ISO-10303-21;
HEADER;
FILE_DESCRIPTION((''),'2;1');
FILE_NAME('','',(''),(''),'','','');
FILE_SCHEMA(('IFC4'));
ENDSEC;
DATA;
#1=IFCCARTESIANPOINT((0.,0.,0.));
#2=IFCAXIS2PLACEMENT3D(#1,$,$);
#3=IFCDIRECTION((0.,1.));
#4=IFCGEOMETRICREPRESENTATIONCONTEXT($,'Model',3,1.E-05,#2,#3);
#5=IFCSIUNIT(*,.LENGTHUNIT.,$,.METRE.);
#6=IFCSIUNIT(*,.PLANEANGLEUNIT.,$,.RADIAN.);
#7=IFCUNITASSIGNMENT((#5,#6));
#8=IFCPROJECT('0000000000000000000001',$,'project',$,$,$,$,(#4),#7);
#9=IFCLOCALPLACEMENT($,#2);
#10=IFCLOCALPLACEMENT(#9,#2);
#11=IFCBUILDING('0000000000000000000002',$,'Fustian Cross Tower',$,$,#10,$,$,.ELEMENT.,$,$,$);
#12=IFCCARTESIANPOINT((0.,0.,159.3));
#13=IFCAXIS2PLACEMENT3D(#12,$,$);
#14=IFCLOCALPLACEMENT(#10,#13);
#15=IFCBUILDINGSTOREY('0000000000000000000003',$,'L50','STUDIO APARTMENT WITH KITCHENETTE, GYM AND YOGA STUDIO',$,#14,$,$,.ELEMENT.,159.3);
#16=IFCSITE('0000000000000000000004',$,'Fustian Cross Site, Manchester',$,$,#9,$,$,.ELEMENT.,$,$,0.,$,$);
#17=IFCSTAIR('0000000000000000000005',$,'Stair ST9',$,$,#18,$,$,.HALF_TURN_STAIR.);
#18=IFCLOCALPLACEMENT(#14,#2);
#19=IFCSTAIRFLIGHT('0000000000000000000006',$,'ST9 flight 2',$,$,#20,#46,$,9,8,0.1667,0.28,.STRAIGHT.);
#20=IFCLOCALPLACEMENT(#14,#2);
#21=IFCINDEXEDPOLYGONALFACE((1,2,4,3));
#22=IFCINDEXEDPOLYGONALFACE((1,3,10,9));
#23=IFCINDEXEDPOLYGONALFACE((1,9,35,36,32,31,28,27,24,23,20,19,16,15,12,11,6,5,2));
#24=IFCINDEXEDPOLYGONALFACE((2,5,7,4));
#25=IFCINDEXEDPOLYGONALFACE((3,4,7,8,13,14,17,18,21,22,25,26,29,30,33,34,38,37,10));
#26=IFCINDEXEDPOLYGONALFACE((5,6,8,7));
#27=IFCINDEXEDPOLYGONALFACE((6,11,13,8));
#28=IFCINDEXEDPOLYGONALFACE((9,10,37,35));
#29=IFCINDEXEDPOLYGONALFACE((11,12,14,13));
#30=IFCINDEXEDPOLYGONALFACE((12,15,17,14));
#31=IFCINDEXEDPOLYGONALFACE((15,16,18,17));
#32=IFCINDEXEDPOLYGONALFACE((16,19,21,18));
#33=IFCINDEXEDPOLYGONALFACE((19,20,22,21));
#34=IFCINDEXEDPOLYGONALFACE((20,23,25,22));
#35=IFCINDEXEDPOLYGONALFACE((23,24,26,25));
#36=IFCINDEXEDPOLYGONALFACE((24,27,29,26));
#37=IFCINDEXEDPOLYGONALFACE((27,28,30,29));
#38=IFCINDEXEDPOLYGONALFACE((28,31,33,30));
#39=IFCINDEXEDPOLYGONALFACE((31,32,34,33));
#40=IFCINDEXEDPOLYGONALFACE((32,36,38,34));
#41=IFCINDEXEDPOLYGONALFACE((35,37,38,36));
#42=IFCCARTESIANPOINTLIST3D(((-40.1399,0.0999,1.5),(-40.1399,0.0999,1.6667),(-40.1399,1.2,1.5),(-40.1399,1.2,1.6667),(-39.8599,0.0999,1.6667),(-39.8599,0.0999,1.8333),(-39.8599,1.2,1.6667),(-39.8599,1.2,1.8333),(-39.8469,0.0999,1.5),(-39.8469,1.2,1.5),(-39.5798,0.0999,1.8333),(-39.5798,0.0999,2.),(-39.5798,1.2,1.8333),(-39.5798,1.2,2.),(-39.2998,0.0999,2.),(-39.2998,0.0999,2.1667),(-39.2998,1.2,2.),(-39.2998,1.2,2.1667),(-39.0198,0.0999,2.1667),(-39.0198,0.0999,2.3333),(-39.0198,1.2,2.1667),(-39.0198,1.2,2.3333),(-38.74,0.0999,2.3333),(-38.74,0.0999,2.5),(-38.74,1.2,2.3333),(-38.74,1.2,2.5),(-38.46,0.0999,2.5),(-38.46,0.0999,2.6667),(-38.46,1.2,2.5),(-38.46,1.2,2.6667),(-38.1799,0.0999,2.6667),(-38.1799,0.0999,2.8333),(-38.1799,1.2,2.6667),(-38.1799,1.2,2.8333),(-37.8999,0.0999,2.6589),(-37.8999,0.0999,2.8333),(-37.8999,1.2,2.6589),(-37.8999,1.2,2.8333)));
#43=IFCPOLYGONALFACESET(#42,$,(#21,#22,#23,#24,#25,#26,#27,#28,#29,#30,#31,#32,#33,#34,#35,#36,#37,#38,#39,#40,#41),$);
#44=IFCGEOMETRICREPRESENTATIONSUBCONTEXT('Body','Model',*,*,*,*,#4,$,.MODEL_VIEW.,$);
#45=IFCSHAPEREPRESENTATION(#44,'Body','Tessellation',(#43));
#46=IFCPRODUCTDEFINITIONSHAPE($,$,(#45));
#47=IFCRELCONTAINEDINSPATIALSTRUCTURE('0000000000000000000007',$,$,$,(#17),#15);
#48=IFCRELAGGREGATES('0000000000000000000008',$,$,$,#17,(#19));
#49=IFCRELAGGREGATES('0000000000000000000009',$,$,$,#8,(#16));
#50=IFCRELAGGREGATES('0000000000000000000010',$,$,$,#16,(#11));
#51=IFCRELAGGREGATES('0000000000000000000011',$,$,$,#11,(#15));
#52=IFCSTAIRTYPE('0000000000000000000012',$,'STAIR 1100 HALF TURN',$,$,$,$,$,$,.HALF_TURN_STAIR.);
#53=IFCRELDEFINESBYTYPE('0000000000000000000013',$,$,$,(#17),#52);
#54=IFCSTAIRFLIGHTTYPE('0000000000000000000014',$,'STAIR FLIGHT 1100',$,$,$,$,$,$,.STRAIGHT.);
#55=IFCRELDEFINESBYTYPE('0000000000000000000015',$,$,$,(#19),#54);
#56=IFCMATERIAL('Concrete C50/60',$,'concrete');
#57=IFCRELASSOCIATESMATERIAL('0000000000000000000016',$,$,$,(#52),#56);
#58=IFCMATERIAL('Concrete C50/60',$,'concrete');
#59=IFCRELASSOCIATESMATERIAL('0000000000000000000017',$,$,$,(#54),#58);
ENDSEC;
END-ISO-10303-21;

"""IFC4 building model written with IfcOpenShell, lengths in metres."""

from ifc_helpers import new_model, si_unit, direction, frame, origin, place, context, subcontext, project, spatial, polyline, outline, extrude, material, type_object, element, aggregate, save


model = new_model("IFC4")

# Units and contexts
model_context = context("Model", 3, precision=1e-05, world=origin(), true_north=direction((0.0, 1.0)))
body_context = subcontext(model_context, "Body", "Model", "MODEL_VIEW")
ifc_project = project(units=[si_unit("LENGTHUNIT", "METRE"), si_unit("PLANEANGLEUNIT", "RADIAN")], contexts=[model_context])

# Site, building, storey
site_placement = place(None, origin())
site = spatial("IfcSite", under=ifc_project, at=site_placement, Name="Fustian Cross Site, Manchester", CompositionType="ELEMENT", RefElevation=0.0)
building_placement = place(site_placement, origin())
building = spatial("IfcBuilding", under=site, at=building_placement, Name="Fustian Cross Tower", CompositionType="ELEMENT")
storey_placement = place(building_placement, frame((0.0, 0.0, 159.3)))
storey = spatial("IfcBuildingStorey", under=building, at=storey_placement, Name="L50", Description="STUDIO APARTMENT WITH KITCHENETTE, GYM AND YOGA STUDIO", CompositionType="ELEMENT", Elevation=159.3)

# Stair, stair flight
ifc_material_1 = material(Name="Concrete C50/60", Category="concrete")
stair_type = type_object("IfcStairType", Name="STAIR 1100 HALF TURN", PredefinedType="HALF_TURN_STAIR", material=ifc_material_1)
stair_placement = place(storey_placement, origin())
stair = element("IfcStair", 1, at=stair_placement, inside=storey, type_object=stair_type, Name="Stair ST9", PredefinedType="HALF_TURN_STAIR")
ifc_material_2 = material(Name="Concrete C50/60", Category="concrete")
stair_flight_type = type_object("IfcStairFlightType", Name="STAIR FLIGHT 1100", PredefinedType="STRAIGHT", material=ifc_material_2)
stair_flight_placement = place(storey_placement, frame((-40.1399, 0.6499, 1.5), z_axis=(0.0, 0.0, 1.0), x_axis=(1.0, 0.0, 0.0)))
stair_flight = element("IfcStairFlight", 2, at=stair_flight_placement, type_object=stair_flight_type, Name="ST9 flight 2", NumberOfRisers=9, NumberOfTreads=8, PredefinedType="STRAIGHT", RiserHeight=0.1667, TreadLength=0.28, context=body_context, shape_type="SweptSolid", body=[
    extrude(outline(polyline([(0.0, 0.0), (0.0, 0.1667), (0.28, 0.1667), (0.28, 0.3333), (0.5601, 0.3333), (0.5601, 0.5), (0.8401, 0.5), (0.8401, 0.6667), (1.1201, 0.6667), (1.1201, 0.8333), (1.3999, 0.8333), (1.3999, 1.0), (1.6799, 1.0), (1.6799, 1.1667), (1.96, 1.1667), (1.96, 1.3333), (2.24, 1.3333), (2.24, 1.5), (2.24, 1.1589), (0.293, 0.0), (0.0, 0.0)])), frame((0.0, 0.55, 0.0), z_axis=(0.0, -1.0, 0.0), x_axis=(1.0, 0.0, 0.0)), (0.0, 0.0, 1.0), 1.1001),
])
aggregate(stair, [stair_flight])

save(model, "model.ifc")
